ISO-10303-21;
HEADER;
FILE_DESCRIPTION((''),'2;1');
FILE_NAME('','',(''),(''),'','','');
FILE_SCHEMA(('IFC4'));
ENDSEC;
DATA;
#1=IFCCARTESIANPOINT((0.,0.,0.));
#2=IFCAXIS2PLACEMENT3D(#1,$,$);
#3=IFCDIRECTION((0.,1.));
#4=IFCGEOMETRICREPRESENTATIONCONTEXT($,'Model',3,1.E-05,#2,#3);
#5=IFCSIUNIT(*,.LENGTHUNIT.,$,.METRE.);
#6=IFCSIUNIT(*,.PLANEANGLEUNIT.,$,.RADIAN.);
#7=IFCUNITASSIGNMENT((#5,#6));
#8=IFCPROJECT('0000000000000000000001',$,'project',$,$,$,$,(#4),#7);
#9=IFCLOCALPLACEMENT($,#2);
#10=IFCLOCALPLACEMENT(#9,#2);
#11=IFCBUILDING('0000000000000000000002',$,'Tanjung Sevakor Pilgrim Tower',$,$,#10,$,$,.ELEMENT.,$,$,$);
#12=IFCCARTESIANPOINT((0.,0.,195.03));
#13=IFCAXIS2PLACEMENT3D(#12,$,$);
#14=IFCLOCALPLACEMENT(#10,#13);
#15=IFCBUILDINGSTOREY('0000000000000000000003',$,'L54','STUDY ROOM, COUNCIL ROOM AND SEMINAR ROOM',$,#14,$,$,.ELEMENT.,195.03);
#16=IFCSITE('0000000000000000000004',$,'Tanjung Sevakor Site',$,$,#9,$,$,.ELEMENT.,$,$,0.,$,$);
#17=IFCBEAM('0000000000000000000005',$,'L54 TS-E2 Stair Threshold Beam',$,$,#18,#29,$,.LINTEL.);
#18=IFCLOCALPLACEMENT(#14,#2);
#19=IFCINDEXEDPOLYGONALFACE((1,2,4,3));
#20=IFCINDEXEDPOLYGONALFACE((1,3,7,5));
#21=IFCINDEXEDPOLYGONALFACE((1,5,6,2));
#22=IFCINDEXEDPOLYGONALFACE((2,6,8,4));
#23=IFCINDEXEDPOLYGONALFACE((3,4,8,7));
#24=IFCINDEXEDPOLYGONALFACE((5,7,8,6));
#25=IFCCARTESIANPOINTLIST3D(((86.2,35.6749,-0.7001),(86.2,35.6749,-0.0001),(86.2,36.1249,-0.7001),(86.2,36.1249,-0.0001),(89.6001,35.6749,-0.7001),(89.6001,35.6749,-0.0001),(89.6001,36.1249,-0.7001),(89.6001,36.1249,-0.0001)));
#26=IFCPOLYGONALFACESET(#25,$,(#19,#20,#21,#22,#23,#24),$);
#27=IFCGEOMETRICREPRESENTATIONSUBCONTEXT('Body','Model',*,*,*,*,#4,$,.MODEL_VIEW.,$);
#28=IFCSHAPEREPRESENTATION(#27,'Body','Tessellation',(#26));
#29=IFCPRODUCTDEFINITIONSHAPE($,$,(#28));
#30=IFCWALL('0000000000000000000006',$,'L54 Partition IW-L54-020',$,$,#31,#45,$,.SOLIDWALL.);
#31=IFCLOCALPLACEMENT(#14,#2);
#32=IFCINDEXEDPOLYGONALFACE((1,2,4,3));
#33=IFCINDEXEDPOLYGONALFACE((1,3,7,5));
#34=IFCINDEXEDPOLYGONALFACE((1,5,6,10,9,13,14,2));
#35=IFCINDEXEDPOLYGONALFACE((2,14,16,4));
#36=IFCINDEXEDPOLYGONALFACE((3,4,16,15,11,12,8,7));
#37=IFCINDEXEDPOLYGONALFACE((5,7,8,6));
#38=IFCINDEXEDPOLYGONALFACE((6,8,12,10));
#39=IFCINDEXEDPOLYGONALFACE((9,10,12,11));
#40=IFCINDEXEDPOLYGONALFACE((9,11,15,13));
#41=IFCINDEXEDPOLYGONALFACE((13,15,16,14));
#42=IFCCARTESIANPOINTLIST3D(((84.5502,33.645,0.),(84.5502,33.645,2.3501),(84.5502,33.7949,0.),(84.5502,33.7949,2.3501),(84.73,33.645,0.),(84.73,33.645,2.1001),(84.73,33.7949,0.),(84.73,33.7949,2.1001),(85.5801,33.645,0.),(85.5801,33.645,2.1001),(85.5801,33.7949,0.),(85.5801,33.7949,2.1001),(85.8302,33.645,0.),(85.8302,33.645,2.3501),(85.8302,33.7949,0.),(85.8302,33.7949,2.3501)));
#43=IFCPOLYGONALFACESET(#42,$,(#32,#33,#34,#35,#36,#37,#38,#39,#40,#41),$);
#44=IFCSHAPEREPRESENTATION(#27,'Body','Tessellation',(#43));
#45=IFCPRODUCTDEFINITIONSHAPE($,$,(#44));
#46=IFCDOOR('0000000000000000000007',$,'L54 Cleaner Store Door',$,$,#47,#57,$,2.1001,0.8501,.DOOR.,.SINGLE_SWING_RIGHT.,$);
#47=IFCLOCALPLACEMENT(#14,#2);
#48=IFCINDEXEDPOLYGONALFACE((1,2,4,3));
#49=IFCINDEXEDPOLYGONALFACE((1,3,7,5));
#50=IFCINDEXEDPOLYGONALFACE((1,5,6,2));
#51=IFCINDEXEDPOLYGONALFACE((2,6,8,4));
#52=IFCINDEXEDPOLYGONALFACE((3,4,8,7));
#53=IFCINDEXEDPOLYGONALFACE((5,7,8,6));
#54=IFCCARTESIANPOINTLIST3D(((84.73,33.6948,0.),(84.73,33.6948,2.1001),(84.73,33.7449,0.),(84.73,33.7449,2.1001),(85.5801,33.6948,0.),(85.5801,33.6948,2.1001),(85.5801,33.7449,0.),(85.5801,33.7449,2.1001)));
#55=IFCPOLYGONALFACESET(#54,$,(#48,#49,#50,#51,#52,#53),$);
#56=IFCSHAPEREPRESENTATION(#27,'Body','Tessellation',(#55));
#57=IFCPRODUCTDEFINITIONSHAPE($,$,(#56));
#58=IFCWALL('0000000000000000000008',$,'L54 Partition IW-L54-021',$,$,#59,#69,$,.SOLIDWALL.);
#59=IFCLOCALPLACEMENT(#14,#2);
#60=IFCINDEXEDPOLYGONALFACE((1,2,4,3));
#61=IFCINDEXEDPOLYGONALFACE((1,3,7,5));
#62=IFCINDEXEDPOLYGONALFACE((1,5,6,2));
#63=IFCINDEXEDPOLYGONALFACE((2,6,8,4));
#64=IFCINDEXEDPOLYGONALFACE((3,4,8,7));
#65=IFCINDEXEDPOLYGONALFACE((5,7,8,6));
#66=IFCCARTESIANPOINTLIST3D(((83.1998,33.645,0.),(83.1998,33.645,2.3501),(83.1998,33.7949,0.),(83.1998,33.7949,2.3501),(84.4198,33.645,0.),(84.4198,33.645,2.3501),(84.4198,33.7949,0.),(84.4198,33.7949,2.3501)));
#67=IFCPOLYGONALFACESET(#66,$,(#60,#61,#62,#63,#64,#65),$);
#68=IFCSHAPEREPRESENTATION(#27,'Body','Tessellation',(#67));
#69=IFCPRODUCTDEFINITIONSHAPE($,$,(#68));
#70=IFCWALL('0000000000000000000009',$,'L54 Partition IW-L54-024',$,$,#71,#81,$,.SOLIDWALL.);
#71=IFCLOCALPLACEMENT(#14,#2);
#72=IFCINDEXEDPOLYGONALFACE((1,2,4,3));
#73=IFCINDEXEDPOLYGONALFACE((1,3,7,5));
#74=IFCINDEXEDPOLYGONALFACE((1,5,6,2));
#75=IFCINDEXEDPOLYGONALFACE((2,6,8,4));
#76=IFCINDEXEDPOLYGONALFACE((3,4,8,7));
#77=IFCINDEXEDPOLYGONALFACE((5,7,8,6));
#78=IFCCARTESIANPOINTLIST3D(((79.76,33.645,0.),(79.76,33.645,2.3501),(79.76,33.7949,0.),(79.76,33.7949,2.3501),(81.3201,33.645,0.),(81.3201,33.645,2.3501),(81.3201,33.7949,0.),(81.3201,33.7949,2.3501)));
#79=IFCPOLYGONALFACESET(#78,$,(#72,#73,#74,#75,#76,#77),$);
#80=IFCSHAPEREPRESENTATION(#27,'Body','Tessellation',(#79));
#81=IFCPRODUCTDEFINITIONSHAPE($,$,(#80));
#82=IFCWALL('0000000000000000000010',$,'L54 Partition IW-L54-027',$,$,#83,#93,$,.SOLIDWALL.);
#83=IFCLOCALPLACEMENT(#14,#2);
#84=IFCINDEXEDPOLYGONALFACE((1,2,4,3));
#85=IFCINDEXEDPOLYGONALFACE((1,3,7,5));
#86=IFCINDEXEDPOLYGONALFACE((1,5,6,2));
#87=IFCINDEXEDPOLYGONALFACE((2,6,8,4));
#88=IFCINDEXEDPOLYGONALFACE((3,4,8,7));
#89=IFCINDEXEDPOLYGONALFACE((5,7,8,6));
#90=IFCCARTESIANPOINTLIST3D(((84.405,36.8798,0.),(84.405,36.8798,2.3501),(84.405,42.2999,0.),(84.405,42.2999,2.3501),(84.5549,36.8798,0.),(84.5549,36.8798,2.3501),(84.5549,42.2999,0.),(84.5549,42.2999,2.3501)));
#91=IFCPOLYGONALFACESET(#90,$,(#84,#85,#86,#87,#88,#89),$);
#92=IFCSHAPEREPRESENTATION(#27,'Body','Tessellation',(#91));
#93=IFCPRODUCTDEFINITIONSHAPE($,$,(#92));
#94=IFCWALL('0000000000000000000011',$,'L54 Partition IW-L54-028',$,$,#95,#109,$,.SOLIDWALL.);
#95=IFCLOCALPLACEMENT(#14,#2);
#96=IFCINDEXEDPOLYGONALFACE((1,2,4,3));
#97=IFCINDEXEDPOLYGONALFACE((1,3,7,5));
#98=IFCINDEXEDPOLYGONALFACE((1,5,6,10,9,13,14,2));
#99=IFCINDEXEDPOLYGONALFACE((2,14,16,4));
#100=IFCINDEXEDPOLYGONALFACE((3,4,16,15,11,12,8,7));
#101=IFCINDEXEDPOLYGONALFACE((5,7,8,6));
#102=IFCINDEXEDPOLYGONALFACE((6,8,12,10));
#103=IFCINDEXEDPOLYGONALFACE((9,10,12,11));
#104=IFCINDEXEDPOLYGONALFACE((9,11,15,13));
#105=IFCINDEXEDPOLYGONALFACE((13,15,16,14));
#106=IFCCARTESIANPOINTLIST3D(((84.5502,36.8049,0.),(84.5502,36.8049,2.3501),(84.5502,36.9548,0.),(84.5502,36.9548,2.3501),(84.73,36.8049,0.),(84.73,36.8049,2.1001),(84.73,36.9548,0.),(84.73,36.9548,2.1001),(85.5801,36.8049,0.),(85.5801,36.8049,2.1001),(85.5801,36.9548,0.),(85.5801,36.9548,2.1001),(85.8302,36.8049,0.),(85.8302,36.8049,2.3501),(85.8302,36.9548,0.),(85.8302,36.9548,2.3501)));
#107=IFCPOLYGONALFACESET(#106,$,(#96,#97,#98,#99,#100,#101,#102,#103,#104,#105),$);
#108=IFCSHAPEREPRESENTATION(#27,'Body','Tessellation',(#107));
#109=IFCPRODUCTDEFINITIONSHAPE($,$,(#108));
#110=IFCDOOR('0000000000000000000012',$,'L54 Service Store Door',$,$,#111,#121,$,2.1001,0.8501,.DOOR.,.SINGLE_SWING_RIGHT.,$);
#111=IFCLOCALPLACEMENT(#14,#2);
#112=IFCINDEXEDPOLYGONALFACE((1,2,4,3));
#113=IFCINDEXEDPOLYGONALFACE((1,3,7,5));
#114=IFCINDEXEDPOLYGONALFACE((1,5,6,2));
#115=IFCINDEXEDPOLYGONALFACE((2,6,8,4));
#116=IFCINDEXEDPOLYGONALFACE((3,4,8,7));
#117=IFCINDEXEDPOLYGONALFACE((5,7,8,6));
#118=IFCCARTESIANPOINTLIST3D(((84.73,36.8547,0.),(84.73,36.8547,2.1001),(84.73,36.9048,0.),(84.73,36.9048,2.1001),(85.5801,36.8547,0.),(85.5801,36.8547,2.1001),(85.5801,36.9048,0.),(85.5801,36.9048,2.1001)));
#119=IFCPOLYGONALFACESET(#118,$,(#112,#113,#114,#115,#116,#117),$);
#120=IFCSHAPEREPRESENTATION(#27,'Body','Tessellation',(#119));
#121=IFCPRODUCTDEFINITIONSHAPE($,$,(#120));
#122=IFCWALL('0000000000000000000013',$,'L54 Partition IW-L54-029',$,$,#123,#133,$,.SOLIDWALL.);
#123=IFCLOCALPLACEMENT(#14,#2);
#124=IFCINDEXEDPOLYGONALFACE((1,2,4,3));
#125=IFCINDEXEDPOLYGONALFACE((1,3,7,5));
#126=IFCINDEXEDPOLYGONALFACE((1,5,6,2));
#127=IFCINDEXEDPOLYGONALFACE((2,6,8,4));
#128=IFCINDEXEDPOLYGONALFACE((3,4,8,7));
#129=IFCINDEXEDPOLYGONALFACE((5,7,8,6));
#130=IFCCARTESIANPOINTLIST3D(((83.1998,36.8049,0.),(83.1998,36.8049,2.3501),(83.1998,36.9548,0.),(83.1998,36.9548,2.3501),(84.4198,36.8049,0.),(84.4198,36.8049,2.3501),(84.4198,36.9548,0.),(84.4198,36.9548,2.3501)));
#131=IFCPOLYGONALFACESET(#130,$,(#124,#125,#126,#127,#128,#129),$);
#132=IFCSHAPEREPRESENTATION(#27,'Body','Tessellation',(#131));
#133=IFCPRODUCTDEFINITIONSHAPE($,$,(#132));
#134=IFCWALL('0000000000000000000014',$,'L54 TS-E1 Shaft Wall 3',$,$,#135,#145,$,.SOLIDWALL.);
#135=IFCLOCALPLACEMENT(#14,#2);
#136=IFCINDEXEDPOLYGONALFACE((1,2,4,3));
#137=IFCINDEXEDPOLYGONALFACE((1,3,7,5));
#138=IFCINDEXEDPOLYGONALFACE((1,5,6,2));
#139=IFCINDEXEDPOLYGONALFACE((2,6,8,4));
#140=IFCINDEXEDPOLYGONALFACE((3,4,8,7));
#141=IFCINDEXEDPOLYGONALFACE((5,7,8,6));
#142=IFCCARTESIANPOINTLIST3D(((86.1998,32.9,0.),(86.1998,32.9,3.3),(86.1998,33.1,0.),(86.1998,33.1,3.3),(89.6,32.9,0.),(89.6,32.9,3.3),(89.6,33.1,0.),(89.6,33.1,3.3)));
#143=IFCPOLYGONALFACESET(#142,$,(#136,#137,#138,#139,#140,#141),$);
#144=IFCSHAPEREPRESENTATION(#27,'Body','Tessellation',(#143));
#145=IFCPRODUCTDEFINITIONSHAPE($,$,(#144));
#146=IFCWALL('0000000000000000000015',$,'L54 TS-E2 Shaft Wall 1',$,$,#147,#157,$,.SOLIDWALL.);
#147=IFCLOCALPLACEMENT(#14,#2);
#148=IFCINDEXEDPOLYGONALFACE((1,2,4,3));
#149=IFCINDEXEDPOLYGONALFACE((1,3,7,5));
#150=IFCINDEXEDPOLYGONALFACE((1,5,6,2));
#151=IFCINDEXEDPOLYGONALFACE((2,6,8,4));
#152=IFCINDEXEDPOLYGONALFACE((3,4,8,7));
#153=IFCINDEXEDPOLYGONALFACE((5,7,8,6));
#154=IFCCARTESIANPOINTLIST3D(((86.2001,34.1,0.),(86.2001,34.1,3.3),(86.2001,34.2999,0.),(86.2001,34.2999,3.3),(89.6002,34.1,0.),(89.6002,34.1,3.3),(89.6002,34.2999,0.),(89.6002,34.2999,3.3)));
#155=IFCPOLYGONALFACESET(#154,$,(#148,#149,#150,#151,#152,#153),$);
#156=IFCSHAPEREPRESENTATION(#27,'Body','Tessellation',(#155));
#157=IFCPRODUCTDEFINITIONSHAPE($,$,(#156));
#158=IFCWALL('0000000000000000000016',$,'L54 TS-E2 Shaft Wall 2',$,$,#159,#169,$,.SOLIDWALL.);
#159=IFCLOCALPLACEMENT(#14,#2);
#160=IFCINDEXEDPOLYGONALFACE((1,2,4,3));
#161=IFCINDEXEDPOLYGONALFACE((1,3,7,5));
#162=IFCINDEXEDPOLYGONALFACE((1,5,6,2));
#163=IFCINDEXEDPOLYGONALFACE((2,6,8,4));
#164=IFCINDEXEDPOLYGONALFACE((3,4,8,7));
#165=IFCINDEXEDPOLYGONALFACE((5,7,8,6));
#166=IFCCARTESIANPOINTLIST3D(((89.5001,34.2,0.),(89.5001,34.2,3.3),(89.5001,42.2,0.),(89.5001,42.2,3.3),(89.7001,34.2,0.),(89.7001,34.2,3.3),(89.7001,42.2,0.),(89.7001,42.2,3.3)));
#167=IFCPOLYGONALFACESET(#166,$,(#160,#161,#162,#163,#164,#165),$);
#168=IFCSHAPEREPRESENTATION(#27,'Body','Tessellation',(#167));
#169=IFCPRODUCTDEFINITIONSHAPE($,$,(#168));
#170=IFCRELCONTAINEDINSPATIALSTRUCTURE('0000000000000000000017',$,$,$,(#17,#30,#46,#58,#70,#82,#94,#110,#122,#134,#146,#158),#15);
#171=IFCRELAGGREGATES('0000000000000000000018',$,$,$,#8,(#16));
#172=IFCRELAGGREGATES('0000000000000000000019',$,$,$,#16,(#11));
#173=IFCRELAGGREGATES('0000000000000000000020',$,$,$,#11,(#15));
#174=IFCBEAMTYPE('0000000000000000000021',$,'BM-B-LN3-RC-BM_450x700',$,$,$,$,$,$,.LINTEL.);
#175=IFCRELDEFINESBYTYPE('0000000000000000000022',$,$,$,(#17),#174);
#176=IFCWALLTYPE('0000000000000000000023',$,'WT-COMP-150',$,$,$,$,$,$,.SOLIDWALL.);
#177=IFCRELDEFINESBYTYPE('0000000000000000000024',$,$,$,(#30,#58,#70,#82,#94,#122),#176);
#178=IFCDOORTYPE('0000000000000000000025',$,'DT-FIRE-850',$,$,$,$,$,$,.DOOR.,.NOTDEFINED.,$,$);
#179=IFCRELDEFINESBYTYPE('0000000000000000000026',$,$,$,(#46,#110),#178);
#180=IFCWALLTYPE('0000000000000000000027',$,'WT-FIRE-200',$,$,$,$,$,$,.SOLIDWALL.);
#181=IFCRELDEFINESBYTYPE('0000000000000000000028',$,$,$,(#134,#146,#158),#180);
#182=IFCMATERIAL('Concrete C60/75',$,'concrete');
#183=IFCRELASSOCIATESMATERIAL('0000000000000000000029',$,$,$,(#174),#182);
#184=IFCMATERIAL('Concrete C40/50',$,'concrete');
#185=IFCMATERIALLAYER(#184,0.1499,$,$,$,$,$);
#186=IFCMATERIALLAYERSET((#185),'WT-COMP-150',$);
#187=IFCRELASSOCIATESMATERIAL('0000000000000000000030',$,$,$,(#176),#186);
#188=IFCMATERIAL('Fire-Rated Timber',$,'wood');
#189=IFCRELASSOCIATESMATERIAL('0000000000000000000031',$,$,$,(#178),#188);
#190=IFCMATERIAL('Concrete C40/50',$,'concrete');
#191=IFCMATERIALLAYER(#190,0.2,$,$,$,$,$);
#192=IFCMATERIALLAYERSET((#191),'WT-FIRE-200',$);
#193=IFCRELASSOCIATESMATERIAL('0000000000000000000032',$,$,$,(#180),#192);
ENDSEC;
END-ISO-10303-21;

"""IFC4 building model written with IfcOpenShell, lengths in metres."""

from ifc_helpers import new_model, si_unit, direction, frame, frame_2d, origin, origin_2d, place, context, subcontext, project, spatial, rectangle, extrude, material, layer, layer_set, material_profile, profile_set, type_object, element, fill, save


model = new_model("IFC4")

# Units and contexts
model_context = context("Model", 3, precision=1e-05, world=origin(), true_north=direction((0.0, 1.0)))
body_context = subcontext(model_context, "Body", "Model", "MODEL_VIEW")
ifc_project = project(units=[si_unit("LENGTHUNIT", "METRE"), si_unit("PLANEANGLEUNIT", "RADIAN")], contexts=[model_context])

# Site, building, storey
site_placement = place(None, origin())
site = spatial("IfcSite", under=ifc_project, at=site_placement, Name="Tanjung Sevakor Site", CompositionType="ELEMENT", RefElevation=0.0)
building_placement = place(site_placement, origin())
building = spatial("IfcBuilding", under=site, at=building_placement, Name="Tanjung Sevakor Pilgrim Tower", CompositionType="ELEMENT")
storey_placement = place(building_placement, frame((0.0, 0.0, 195.03)))
storey = spatial("IfcBuildingStorey", under=building, at=storey_placement, Name="L54", Description="STUDY ROOM, COUNCIL ROOM AND SEMINAR ROOM", CompositionType="ELEMENT", Elevation=195.03)

# Beam
ifc_material_1 = material(Name="Concrete C60/75", Category="concrete")
ifc_material_profile = material_profile(ifc_material_1, rectangle(XDim=0.45, YDim=0.7, at=origin_2d()))
ifc_profile_set = profile_set([ifc_material_profile], Name="Concrete C60/75")
beam_type = type_object("IfcBeamType", Name="BM-B-LN3-RC-BM_450x700", PredefinedType="LINTEL", material=ifc_profile_set)
beam_placement = place(storey_placement, frame((86.2, 35.8999, -0.3501), z_axis=(1.0, 0.0, 0.0), x_axis=(0.0, 1.0, 0.0)))
element("IfcBeam", 1, at=beam_placement, inside=storey, type_object=beam_type, Name="L54 TS-E2 Stair Threshold Beam", PredefinedType="LINTEL", context=body_context, shape_type="SweptSolid", body=[
    extrude(rectangle(XDim=0.45, YDim=0.7, at=origin_2d()), origin(), (0.0, 0.0, 1.0), 3.4001),
])

# Wall, opening, door
ifc_material_2 = material(Name="Concrete C40/50", Category="concrete")
ifc_layer_1 = layer(ifc_material_2, 0.1499)
ifc_layer_set_1 = layer_set([ifc_layer_1], Name="WT-COMP-150")
wall_type_1 = type_object("IfcWallType", Name="WT-COMP-150", PredefinedType="SOLIDWALL", material=ifc_layer_set_1)
wall_1_placement = place(storey_placement, frame((84.55, 33.72, 0.0), z_axis=(0.0, 0.0, 1.0), x_axis=(1.0, 0.0, 0.0)))
wall_1 = element("IfcWall", 2, at=wall_1_placement, inside=storey, type_object=wall_type_1, Name="L54 Partition IW-L54-020", PredefinedType="SOLIDWALL", context=body_context, shape_type="SweptSolid", body=[
    extrude(rectangle(XDim=1.28, YDim=0.1499, at=frame_2d((0.6401, 0.0))), origin(), (0.0, 0.0, 1.0), 2.3501),
])
opening_1_placement = place(wall_1_placement, frame((0.1799, 0.0, 0.0)))
opening_1 = element("IfcOpeningElement", 3, at=opening_1_placement, cuts=wall_1, PredefinedType="OPENING", context=body_context, shape_type="SweptSolid", body=[
    extrude(rectangle(XDim=0.8501, YDim=2.1001, at=frame_2d((0.425, 1.05))), frame((0.0, 0.085, 0.0), z_axis=(0.0, -1.0, 0.0), x_axis=(1.0, 0.0, 0.0)), (0.0, 0.0, 1.0), 0.1699),
])
ifc_material_3 = material(Name="Fire-Rated Timber", Category="wood")
door_type_1 = type_object("IfcDoorType", Name="DT-FIRE-850", OperationType="NOTDEFINED", PredefinedType="DOOR", material=ifc_material_3)
door_1_placement = place(opening_1_placement, origin())
door_1 = element("IfcDoor", 4, at=door_1_placement, inside=storey, type_object=door_type_1, Name="L54 Cleaner Store Door", OperationType="SINGLE_SWING_RIGHT", OverallHeight=2.1001, OverallWidth=0.8501, PredefinedType="DOOR", context=body_context, shape_type="SweptSolid", body=[
    extrude(rectangle(XDim=0.8501, YDim=2.1001, at=frame_2d((0.425, 1.05))), frame((0.0, 0.0249, 0.0), z_axis=(0.0, -1.0, 0.0), x_axis=(1.0, 0.0, 0.0)), (0.0, 0.0, 1.0), 0.05),
])
fill(opening_1, door_1)

# Walls
wall_2_placement = place(storey_placement, frame((83.2, 33.72, 0.0), z_axis=(0.0, 0.0, 1.0), x_axis=(1.0, 0.0, 0.0)))
element("IfcWall", 5, at=wall_2_placement, inside=storey, type_object=wall_type_1, Name="L54 Partition IW-L54-021", PredefinedType="SOLIDWALL", context=body_context, shape_type="SweptSolid", body=[
    extrude(rectangle(XDim=1.22, YDim=0.1499, at=frame_2d((0.6099, 0.0))), origin(), (0.0, 0.0, 1.0), 2.3501),
])
wall_3_placement = place(storey_placement, frame((79.76, 33.72, 0.0), z_axis=(0.0, 0.0, 1.0), x_axis=(1.0, 0.0, 0.0)))
element("IfcWall", 6, at=wall_3_placement, inside=storey, type_object=wall_type_1, Name="L54 Partition IW-L54-024", PredefinedType="SOLIDWALL", context=body_context, shape_type="SweptSolid", body=[
    extrude(rectangle(XDim=1.5601, YDim=0.1499, at=frame_2d((0.78, 0.0))), origin(), (0.0, 0.0, 1.0), 2.3501),
])
wall_4_placement = place(storey_placement, frame((84.48, 36.8799, 0.0), z_axis=(0.0, 0.0, 1.0), x_axis=(0.0, 1.0, 0.0)))
element("IfcWall", 7, at=wall_4_placement, inside=storey, type_object=wall_type_1, Name="L54 Partition IW-L54-027", PredefinedType="SOLIDWALL", context=body_context, shape_type="SweptSolid", body=[
    extrude(rectangle(XDim=5.4202, YDim=0.1499, at=frame_2d((2.71, 0.0))), origin(), (0.0, 0.0, 1.0), 2.3501),
])

# Wall, opening, door
wall_5_placement = place(storey_placement, frame((84.55, 36.8799, 0.0), z_axis=(0.0, 0.0, 1.0), x_axis=(1.0, 0.0, 0.0)))
wall_5 = element("IfcWall", 8, at=wall_5_placement, inside=storey, type_object=wall_type_1, Name="L54 Partition IW-L54-028", PredefinedType="SOLIDWALL", context=body_context, shape_type="SweptSolid", body=[
    extrude(rectangle(XDim=1.28, YDim=0.1499, at=frame_2d((0.6401, 0.0))), origin(), (0.0, 0.0, 1.0), 2.3501),
])
opening_2_placement = place(wall_5_placement, frame((0.1799, 0.0, 0.0)))
opening_2 = element("IfcOpeningElement", 9, at=opening_2_placement, cuts=wall_5, PredefinedType="OPENING", context=body_context, shape_type="SweptSolid", body=[
    extrude(rectangle(XDim=0.8501, YDim=2.1001, at=frame_2d((0.425, 1.05))), frame((0.0, 0.085, 0.0), z_axis=(0.0, -1.0, 0.0), x_axis=(1.0, 0.0, 0.0)), (0.0, 0.0, 1.0), 0.1699),
])
door_2_placement = place(opening_2_placement, origin())
door_2 = element("IfcDoor", 10, at=door_2_placement, inside=storey, type_object=door_type_1, Name="L54 Service Store Door", OperationType="SINGLE_SWING_RIGHT", OverallHeight=2.1001, OverallWidth=0.8501, PredefinedType="DOOR", context=body_context, shape_type="SweptSolid", body=[
    extrude(rectangle(XDim=0.8501, YDim=2.1001, at=frame_2d((0.425, 1.05))), frame((0.0, 0.0249, 0.0), z_axis=(0.0, -1.0, 0.0), x_axis=(1.0, 0.0, 0.0)), (0.0, 0.0, 1.0), 0.05),
])
fill(opening_2, door_2)

# Wall
wall_6_placement = place(storey_placement, frame((83.2, 36.8799, 0.0), z_axis=(0.0, 0.0, 1.0), x_axis=(1.0, 0.0, 0.0)))
element("IfcWall", 11, at=wall_6_placement, inside=storey, type_object=wall_type_1, Name="L54 Partition IW-L54-029", PredefinedType="SOLIDWALL", context=body_context, shape_type="SweptSolid", body=[
    extrude(rectangle(XDim=1.22, YDim=0.1499, at=frame_2d((0.6099, 0.0))), origin(), (0.0, 0.0, 1.0), 2.3501),
])

# Walls
ifc_material_4 = material(Name="Concrete C40/50", Category="concrete")
ifc_layer_2 = layer(ifc_material_4, 0.2)
ifc_layer_set_2 = layer_set([ifc_layer_2], Name="WT-FIRE-200")
wall_type_2 = type_object("IfcWallType", Name="WT-FIRE-200", PredefinedType="SOLIDWALL", material=ifc_layer_set_2)
for number, where, z_axis, x_axis, name in (
    (12, (89.6001, 33.0, 0.0), (0.0, 0.0, 1.0), (-1.0, 0.0, 0.0), "L54 TS-E1 Shaft Wall 3"),
    (13, (86.2, 34.2, 0.0), (0.0, 0.0, 1.0), (1.0, 0.0, 0.0), "L54 TS-E2 Shaft Wall 1"),
):
    element("IfcWall", number, at=place(storey_placement, frame(where, z_axis=z_axis, x_axis=x_axis)), inside=storey, type_object=wall_type_2, Name=name, PredefinedType="SOLIDWALL", context=body_context, shape_type="SweptSolid", body=[
        extrude(rectangle(XDim=3.4001, YDim=0.2, at=frame_2d((1.7002, 0.0))), origin(), (0.0, 0.0, 1.0), 3.3),
    ])
wall_7_placement = place(storey_placement, frame((89.6001, 34.2, 0.0), z_axis=(0.0, 0.0, 1.0), x_axis=(0.0, 1.0, 0.0)))
element("IfcWall", 14, at=wall_7_placement, inside=storey, type_object=wall_type_2, Name="L54 TS-E2 Shaft Wall 2", PredefinedType="SOLIDWALL", context=body_context, shape_type="SweptSolid", body=[
    extrude(rectangle(XDim=8.0, YDim=0.2, at=frame_2d((4.0, 0.0))), origin(), (0.0, 0.0, 1.0), 3.3),
])

save(model, "model.ifc")
